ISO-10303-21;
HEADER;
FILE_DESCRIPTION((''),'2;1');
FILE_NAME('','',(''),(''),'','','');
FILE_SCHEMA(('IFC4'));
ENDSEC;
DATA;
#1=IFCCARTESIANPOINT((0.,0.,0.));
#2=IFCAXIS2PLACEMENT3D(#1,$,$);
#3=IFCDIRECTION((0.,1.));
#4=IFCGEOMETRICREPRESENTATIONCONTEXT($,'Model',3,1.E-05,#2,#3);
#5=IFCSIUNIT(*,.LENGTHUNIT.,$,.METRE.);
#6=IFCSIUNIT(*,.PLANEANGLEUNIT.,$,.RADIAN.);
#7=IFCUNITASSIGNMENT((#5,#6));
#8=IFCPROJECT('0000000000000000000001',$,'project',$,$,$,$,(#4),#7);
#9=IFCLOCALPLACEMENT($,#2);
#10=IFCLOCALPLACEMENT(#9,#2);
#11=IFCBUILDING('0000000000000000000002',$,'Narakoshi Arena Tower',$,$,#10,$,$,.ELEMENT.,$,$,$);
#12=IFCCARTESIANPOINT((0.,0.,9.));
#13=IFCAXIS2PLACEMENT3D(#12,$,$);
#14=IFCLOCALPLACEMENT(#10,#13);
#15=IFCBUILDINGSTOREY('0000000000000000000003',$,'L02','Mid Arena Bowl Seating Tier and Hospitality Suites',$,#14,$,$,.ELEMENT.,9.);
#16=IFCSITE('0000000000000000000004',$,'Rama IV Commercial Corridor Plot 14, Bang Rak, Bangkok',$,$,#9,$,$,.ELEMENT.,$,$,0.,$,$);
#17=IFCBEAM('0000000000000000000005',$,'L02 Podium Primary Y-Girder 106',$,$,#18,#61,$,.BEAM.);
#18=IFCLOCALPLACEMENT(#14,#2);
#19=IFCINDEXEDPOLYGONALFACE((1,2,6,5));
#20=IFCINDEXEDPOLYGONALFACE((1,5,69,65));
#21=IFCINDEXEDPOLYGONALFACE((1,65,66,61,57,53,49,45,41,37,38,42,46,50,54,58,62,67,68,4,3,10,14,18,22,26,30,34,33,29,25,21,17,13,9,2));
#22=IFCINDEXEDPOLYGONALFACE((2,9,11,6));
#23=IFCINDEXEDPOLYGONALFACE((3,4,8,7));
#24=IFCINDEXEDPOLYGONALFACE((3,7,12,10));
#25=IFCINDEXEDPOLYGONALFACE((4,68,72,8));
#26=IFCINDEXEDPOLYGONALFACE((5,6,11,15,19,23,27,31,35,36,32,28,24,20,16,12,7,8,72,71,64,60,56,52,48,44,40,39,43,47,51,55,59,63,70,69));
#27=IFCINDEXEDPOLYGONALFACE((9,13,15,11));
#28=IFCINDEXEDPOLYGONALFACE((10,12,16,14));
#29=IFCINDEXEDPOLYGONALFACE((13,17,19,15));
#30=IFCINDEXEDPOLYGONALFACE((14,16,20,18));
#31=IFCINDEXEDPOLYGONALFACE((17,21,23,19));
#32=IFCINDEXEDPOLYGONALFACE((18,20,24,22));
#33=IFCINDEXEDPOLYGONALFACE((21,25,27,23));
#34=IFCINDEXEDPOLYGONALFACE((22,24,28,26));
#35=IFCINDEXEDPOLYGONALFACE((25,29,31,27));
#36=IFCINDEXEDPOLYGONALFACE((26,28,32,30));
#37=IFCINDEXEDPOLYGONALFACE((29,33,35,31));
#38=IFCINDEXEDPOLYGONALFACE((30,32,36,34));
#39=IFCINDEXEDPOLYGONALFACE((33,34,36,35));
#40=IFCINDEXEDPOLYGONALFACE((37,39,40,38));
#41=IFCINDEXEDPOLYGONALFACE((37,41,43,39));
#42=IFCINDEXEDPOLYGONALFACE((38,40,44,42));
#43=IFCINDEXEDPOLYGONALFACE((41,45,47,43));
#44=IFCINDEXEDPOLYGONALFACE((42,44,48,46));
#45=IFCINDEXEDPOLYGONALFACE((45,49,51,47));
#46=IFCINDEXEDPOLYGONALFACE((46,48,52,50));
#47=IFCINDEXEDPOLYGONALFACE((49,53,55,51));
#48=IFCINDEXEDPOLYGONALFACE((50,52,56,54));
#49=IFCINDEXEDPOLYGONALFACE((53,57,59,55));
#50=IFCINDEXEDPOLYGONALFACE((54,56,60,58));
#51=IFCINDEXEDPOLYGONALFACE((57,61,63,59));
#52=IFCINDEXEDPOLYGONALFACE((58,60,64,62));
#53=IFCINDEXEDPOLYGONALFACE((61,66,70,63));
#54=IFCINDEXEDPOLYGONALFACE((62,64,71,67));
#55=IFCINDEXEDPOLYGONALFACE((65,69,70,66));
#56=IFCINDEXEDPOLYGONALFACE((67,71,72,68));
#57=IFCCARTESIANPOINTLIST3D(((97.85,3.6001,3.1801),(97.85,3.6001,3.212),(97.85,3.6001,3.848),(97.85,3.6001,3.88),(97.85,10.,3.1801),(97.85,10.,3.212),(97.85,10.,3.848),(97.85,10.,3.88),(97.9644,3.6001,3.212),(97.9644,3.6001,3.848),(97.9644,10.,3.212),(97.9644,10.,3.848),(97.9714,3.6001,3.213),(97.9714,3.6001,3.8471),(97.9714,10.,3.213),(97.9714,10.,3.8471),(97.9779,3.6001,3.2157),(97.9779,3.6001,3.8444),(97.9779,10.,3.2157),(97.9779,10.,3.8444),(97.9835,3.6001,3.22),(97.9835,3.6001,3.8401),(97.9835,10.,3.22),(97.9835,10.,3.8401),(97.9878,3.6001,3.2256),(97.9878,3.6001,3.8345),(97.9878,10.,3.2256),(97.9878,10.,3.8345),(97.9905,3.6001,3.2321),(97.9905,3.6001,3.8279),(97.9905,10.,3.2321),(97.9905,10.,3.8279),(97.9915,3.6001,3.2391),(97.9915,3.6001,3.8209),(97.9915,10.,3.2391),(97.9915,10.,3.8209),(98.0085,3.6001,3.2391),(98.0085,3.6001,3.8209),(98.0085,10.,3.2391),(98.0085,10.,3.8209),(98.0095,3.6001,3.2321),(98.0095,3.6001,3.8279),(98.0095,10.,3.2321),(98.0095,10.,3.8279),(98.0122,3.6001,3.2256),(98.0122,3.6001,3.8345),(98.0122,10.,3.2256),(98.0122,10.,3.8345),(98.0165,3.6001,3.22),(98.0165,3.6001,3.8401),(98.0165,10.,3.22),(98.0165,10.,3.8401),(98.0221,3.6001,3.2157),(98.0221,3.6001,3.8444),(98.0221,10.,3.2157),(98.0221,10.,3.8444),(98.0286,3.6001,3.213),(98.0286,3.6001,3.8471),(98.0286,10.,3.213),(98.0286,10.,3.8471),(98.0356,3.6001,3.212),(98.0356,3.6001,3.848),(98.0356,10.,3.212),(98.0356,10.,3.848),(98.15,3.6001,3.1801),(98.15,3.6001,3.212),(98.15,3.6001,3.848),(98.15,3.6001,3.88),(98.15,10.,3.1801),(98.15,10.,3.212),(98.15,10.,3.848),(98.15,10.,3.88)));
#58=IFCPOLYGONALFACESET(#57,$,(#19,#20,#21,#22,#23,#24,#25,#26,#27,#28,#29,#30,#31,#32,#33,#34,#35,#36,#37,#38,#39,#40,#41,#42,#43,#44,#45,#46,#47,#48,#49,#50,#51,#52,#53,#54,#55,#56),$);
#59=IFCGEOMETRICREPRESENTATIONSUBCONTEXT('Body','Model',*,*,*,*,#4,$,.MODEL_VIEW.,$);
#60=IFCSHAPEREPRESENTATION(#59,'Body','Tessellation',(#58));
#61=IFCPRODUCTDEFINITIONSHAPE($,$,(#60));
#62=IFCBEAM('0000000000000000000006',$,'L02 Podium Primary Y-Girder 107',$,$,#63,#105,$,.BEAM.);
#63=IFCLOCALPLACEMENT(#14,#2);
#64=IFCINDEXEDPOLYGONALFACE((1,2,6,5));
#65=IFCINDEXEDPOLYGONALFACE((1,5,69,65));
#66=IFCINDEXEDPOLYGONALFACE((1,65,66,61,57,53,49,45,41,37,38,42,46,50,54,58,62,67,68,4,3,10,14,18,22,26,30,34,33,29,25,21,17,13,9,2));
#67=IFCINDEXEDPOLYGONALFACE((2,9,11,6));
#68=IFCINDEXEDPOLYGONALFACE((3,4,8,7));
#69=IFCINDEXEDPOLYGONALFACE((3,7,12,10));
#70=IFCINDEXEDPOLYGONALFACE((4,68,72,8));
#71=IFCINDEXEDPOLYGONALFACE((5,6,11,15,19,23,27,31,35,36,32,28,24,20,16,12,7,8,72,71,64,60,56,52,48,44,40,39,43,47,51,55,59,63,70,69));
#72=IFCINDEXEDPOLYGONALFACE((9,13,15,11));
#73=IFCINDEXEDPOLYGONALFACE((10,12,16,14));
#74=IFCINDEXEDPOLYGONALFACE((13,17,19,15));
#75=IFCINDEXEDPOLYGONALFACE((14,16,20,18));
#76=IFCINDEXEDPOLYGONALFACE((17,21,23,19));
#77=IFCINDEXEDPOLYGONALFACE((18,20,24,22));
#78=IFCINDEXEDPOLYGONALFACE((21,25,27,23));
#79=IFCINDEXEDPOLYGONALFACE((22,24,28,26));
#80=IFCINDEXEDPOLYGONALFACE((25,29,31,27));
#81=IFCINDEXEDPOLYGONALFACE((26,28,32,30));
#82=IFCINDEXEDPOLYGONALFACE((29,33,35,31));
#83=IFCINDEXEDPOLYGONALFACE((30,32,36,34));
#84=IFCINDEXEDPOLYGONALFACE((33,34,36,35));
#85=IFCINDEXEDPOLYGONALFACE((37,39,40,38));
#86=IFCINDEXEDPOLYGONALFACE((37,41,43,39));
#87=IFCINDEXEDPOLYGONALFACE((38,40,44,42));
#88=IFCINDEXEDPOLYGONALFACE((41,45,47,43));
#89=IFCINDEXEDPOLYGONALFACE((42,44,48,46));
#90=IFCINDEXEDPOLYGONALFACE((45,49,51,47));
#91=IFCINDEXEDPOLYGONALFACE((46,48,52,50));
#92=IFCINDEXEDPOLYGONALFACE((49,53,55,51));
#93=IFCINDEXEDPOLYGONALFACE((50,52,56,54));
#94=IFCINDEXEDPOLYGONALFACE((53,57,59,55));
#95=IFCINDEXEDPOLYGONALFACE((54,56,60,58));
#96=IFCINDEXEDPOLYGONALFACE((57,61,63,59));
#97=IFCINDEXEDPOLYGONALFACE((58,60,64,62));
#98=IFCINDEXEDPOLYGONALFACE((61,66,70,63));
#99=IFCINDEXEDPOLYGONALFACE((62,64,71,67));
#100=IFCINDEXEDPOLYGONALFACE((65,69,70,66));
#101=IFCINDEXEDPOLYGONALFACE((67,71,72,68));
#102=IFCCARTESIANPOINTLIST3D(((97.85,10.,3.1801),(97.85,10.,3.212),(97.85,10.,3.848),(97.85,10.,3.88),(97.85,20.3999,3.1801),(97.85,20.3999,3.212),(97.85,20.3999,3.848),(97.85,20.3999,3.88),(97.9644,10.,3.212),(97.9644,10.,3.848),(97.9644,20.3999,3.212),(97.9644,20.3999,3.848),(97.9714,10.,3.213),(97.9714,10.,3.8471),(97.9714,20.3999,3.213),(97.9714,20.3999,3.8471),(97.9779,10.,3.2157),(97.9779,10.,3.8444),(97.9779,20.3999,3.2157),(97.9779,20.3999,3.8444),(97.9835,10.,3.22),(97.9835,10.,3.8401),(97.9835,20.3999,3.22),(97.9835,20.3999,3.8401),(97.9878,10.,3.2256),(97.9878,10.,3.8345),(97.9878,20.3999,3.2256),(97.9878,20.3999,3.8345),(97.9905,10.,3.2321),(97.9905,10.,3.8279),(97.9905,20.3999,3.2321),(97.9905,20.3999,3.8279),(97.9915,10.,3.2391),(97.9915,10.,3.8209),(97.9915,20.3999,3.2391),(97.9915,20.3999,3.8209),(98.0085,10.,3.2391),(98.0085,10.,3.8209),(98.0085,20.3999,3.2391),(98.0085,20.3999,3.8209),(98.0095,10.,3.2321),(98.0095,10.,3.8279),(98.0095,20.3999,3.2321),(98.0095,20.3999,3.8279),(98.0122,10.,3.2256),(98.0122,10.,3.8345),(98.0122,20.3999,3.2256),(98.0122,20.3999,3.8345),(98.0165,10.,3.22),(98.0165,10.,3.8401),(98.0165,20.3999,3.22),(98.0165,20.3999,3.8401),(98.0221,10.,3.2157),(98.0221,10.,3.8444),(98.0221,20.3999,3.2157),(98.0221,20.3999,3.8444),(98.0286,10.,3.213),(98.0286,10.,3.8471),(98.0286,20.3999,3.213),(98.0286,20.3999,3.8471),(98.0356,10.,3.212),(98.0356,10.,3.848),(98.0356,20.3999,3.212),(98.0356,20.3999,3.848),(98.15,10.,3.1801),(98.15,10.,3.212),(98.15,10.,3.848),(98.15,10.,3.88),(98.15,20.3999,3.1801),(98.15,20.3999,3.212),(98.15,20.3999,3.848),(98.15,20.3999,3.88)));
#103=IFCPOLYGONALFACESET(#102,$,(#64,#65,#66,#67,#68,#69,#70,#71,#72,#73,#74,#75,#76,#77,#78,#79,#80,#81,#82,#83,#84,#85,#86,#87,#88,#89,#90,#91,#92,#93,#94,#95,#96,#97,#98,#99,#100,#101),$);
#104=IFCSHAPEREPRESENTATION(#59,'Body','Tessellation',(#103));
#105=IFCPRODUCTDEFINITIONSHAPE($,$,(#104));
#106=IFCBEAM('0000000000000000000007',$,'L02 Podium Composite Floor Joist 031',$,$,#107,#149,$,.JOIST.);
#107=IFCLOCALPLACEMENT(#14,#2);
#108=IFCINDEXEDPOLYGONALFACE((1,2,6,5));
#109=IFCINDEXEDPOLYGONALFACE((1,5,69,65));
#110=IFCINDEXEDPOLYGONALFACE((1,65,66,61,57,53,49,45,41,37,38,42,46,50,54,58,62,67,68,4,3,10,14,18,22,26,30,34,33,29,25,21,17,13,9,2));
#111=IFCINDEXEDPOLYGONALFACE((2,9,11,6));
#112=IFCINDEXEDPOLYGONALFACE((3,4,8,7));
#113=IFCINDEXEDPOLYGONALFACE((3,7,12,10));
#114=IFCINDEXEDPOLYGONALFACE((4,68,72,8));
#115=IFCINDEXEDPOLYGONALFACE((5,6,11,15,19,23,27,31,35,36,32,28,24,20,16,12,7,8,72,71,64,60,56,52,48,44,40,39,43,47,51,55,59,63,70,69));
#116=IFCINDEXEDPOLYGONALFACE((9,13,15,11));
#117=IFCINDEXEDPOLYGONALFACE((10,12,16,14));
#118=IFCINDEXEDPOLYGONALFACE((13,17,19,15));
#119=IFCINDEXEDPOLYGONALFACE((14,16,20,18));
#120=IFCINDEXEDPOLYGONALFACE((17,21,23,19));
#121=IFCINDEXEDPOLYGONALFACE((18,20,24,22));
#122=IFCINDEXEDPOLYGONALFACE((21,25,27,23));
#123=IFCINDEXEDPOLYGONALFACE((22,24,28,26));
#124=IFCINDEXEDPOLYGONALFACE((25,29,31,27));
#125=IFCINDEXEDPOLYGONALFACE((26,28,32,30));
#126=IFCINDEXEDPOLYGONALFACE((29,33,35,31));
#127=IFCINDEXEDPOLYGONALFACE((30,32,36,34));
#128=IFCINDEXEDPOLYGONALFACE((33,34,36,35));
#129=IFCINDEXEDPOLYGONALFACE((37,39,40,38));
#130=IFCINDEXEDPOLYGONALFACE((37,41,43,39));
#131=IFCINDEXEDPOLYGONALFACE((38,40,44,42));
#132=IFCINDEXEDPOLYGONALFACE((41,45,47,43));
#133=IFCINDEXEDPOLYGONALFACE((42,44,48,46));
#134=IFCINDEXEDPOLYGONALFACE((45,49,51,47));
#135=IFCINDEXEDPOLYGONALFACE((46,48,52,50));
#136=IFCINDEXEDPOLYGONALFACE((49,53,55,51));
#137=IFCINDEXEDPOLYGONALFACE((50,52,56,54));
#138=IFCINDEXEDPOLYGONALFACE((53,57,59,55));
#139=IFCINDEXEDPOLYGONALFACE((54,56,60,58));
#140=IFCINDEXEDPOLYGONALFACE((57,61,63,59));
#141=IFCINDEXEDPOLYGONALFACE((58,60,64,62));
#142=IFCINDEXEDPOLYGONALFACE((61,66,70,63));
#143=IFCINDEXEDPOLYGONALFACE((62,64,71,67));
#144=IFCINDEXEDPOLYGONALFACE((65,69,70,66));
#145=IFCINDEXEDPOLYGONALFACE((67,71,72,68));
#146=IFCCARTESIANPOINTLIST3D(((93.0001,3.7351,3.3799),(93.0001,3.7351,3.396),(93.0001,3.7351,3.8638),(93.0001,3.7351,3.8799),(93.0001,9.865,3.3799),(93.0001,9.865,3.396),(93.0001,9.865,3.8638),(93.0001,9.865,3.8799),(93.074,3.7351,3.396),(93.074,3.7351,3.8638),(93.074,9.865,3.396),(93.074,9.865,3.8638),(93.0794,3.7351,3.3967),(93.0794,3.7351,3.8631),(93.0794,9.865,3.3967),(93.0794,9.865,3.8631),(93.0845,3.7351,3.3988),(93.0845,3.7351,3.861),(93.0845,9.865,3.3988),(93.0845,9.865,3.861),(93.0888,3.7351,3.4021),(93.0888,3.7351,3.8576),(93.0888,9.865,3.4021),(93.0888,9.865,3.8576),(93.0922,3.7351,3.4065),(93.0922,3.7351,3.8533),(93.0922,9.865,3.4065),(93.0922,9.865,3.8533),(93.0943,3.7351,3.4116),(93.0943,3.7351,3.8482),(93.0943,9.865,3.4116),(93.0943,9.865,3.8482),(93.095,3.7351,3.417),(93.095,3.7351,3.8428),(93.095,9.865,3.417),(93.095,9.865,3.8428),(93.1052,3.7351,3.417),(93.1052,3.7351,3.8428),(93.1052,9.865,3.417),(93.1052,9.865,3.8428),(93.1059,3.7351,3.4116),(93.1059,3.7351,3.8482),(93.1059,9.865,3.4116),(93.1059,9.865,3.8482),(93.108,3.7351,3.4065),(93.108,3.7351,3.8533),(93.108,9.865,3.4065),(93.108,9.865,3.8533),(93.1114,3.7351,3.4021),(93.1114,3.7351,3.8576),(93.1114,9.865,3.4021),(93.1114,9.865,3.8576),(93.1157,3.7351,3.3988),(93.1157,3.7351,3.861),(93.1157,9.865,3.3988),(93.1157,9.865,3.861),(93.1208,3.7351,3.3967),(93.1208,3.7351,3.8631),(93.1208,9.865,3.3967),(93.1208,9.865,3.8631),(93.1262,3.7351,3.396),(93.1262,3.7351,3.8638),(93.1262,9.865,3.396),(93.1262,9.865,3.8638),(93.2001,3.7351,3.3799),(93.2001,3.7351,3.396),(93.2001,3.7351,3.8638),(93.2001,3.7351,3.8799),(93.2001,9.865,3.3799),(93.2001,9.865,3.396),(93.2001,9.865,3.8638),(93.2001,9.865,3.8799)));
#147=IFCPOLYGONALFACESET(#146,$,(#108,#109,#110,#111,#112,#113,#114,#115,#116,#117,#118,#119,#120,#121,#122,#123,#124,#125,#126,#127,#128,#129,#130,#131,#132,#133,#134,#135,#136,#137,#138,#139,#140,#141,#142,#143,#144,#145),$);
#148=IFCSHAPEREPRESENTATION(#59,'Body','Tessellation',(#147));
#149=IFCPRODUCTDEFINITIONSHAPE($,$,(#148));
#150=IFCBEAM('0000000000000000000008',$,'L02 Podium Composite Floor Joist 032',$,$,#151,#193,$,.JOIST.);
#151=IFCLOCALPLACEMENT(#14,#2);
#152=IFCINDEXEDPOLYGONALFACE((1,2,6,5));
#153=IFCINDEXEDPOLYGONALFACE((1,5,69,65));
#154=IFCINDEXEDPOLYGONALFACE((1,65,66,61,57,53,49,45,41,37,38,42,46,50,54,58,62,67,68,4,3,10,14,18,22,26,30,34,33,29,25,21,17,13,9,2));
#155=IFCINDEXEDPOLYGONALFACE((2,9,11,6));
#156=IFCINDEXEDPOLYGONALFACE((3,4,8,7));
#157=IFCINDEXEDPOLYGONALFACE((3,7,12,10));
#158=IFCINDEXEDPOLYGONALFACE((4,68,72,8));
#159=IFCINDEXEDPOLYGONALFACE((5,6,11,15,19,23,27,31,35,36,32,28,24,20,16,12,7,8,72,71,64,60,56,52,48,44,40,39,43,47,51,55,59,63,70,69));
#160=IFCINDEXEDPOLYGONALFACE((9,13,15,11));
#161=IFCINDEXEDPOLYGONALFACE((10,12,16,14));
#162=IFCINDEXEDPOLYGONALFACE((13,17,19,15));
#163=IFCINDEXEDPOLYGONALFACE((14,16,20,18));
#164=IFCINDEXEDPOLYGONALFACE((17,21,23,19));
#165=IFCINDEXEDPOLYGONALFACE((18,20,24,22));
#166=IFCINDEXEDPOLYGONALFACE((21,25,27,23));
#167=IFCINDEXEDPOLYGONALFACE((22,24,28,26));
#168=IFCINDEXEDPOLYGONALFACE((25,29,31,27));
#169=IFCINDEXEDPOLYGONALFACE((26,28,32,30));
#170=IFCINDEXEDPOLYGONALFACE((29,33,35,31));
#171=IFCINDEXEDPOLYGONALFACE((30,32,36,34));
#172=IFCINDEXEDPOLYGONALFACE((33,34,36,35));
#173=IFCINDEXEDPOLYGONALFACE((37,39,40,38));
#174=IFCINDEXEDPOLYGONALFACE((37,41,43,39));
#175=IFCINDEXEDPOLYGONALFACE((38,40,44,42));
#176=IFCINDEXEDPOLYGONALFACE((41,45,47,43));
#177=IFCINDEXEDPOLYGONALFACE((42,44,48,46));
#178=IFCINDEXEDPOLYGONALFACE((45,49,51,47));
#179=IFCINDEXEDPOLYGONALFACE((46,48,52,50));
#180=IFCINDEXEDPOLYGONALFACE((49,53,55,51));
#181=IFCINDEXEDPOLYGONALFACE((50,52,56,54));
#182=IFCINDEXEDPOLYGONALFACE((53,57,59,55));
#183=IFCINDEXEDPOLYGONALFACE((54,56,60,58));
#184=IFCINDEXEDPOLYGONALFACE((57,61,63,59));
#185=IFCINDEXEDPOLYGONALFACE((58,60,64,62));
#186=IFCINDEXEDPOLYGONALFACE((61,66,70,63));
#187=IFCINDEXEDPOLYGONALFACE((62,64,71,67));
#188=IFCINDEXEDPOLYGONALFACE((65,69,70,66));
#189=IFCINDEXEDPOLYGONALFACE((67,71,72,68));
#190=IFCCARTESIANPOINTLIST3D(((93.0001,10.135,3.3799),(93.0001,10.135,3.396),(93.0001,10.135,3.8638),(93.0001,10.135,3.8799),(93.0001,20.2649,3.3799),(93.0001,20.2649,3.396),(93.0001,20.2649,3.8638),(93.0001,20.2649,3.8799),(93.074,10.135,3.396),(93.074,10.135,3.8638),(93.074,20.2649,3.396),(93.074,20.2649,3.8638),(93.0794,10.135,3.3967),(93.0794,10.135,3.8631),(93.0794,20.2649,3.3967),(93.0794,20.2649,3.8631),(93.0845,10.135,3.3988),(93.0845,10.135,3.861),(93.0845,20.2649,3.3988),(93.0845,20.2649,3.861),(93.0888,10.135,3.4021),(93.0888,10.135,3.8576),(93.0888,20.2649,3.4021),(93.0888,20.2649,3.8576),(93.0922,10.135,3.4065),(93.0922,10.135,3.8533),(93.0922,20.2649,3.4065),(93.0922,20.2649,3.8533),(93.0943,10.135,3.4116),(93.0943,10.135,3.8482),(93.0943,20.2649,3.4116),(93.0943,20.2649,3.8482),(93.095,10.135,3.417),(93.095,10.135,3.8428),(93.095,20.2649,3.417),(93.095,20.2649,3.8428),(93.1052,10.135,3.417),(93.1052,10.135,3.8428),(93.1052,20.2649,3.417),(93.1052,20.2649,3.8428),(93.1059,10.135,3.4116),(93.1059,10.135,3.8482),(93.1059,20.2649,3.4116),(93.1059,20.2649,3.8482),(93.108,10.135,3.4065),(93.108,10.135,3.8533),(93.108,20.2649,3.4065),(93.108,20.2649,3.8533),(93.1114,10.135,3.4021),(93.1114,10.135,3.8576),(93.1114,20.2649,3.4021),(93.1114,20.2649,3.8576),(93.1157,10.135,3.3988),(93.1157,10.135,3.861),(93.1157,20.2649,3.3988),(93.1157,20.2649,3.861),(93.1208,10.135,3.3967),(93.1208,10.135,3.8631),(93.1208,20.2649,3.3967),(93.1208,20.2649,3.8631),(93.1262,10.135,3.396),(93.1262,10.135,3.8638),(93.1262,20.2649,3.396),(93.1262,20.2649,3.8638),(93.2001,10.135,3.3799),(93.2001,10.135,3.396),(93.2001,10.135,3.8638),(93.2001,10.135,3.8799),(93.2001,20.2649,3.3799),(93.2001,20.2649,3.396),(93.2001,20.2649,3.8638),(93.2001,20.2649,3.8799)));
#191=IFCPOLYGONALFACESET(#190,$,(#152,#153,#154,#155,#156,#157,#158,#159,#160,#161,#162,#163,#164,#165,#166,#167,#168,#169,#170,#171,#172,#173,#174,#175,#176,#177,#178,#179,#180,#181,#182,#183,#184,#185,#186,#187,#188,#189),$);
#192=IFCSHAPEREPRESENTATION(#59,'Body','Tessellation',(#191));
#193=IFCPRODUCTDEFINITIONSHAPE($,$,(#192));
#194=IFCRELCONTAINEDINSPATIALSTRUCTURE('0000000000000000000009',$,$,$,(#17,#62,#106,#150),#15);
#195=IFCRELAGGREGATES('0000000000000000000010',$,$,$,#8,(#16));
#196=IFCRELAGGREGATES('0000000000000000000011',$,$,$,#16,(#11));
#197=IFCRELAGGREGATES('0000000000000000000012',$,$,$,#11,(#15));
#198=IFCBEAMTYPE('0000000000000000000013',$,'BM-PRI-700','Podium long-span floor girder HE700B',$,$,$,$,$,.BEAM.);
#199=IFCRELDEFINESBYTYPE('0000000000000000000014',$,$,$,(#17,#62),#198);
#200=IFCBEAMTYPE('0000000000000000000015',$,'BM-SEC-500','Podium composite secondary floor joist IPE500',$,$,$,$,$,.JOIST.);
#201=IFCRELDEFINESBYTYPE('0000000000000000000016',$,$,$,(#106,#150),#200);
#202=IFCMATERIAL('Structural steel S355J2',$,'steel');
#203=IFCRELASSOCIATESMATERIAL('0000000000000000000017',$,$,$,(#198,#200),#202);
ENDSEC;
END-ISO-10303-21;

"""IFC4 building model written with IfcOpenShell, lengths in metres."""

from ifc_helpers import new_model, si_unit, direction, frame, origin, origin_2d, place, context, subcontext, project, spatial, i_section, extrude, material, material_profile, profile_set, type_object, element, save


model = new_model("IFC4")

# Units and contexts
model_context = context("Model", 3, precision=1e-05, world=origin(), true_north=direction((0.0, 1.0)))
body_context = subcontext(model_context, "Body", "Model", "MODEL_VIEW")
ifc_project = project(units=[si_unit("LENGTHUNIT", "METRE"), si_unit("PLANEANGLEUNIT", "RADIAN")], contexts=[model_context])

# Site, building, storey
site_placement = place(None, origin())
site = spatial("IfcSite", under=ifc_project, at=site_placement, Name="Rama IV Commercial Corridor Plot 14, Bang Rak, Bangkok", CompositionType="ELEMENT", RefElevation=0.0)
building_placement = place(site_placement, origin())
building = spatial("IfcBuilding", under=site, at=building_placement, Name="Narakoshi Arena Tower", CompositionType="ELEMENT")
storey_placement = place(building_placement, frame((0.0, 0.0, 9.0)))
storey = spatial("IfcBuildingStorey", under=building, at=storey_placement, Name="L02", Description="Mid Arena Bowl Seating Tier and Hospitality Suites", CompositionType="ELEMENT", Elevation=9.0)

# Beams
ifc_material_1 = material(Name="Structural steel S355J2", Category="steel")
ifc_material_profile_1 = material_profile(ifc_material_1, i_section(OverallWidth=0.3, OverallDepth=0.7, WebThickness=0.0171, FlangeThickness=0.032, FilletRadius=0.0271, at=origin_2d()), Name="HE700B")
ifc_profile_set_1 = profile_set([ifc_material_profile_1], Name="Structural steel S355J2")
beam_type_1 = type_object("IfcBeamType", Name="BM-PRI-700", Description="Podium long-span floor girder HE700B", PredefinedType="BEAM", material=ifc_profile_set_1)
beam_1_placement = place(storey_placement, frame((98.0, 3.6001, 3.53), z_axis=(0.0, 1.0, 0.0), x_axis=(-1.0, 0.0, 0.0)))
element("IfcBeam", 1, at=beam_1_placement, inside=storey, type_object=beam_type_1, Name="L02 Podium Primary Y-Girder 106", PredefinedType="BEAM", context=body_context, shape_type="SweptSolid", body=[
    extrude(i_section(OverallWidth=0.3, OverallDepth=0.7, WebThickness=0.0171, FlangeThickness=0.032, FilletRadius=0.0271, at=origin_2d()), origin(), (0.0, 0.0, 1.0), 6.3999),
])
beam_2_placement = place(storey_placement, frame((98.0, 10.0, 3.53), z_axis=(0.0, 1.0, 0.0), x_axis=(-1.0, 0.0, 0.0)))
element("IfcBeam", 2, at=beam_2_placement, inside=storey, type_object=beam_type_1, Name="L02 Podium Primary Y-Girder 107", PredefinedType="BEAM", context=body_context, shape_type="SweptSolid", body=[
    extrude(i_section(OverallWidth=0.3, OverallDepth=0.7, WebThickness=0.0171, FlangeThickness=0.032, FilletRadius=0.0271, at=origin_2d()), origin(), (0.0, 0.0, 1.0), 10.3999),
])
ifc_material_profile_2 = material_profile(ifc_material_1, i_section(OverallWidth=0.2, OverallDepth=0.5, WebThickness=0.0103, FlangeThickness=0.0161, FilletRadius=0.021, at=origin_2d()), Name="IPE500")
ifc_profile_set_2 = profile_set([ifc_material_profile_2], Name="Structural steel S355J2")
beam_type_2 = type_object("IfcBeamType", Name="BM-SEC-500", Description="Podium composite secondary floor joist IPE500", PredefinedType="JOIST", material=ifc_profile_set_2)
beam_3_placement = place(storey_placement, frame((93.1001, 3.7351, 3.6299), z_axis=(0.0, 1.0, 0.0), x_axis=(-1.0, 0.0, 0.0)))
element("IfcBeam", 3, at=beam_3_placement, inside=storey, type_object=beam_type_2, Name="L02 Podium Composite Floor Joist 031", PredefinedType="JOIST", context=body_context, shape_type="SweptSolid", body=[
    extrude(i_section(OverallWidth=0.2, OverallDepth=0.5, WebThickness=0.0103, FlangeThickness=0.0161, FilletRadius=0.021, at=origin_2d()), origin(), (0.0, 0.0, 1.0), 6.1299),
])
beam_4_placement = place(storey_placement, frame((93.1001, 10.135, 3.6299), z_axis=(0.0, 1.0, 0.0), x_axis=(-1.0, 0.0, 0.0)))
element("IfcBeam", 4, at=beam_4_placement, inside=storey, type_object=beam_type_2, Name="L02 Podium Composite Floor Joist 032", PredefinedType="JOIST", context=body_context, shape_type="SweptSolid", body=[
    extrude(i_section(OverallWidth=0.2, OverallDepth=0.5, WebThickness=0.0103, FlangeThickness=0.0161, FilletRadius=0.021, at=origin_2d()), origin(), (0.0, 0.0, 1.0), 10.1299),
])

save(model, "model.ifc")
